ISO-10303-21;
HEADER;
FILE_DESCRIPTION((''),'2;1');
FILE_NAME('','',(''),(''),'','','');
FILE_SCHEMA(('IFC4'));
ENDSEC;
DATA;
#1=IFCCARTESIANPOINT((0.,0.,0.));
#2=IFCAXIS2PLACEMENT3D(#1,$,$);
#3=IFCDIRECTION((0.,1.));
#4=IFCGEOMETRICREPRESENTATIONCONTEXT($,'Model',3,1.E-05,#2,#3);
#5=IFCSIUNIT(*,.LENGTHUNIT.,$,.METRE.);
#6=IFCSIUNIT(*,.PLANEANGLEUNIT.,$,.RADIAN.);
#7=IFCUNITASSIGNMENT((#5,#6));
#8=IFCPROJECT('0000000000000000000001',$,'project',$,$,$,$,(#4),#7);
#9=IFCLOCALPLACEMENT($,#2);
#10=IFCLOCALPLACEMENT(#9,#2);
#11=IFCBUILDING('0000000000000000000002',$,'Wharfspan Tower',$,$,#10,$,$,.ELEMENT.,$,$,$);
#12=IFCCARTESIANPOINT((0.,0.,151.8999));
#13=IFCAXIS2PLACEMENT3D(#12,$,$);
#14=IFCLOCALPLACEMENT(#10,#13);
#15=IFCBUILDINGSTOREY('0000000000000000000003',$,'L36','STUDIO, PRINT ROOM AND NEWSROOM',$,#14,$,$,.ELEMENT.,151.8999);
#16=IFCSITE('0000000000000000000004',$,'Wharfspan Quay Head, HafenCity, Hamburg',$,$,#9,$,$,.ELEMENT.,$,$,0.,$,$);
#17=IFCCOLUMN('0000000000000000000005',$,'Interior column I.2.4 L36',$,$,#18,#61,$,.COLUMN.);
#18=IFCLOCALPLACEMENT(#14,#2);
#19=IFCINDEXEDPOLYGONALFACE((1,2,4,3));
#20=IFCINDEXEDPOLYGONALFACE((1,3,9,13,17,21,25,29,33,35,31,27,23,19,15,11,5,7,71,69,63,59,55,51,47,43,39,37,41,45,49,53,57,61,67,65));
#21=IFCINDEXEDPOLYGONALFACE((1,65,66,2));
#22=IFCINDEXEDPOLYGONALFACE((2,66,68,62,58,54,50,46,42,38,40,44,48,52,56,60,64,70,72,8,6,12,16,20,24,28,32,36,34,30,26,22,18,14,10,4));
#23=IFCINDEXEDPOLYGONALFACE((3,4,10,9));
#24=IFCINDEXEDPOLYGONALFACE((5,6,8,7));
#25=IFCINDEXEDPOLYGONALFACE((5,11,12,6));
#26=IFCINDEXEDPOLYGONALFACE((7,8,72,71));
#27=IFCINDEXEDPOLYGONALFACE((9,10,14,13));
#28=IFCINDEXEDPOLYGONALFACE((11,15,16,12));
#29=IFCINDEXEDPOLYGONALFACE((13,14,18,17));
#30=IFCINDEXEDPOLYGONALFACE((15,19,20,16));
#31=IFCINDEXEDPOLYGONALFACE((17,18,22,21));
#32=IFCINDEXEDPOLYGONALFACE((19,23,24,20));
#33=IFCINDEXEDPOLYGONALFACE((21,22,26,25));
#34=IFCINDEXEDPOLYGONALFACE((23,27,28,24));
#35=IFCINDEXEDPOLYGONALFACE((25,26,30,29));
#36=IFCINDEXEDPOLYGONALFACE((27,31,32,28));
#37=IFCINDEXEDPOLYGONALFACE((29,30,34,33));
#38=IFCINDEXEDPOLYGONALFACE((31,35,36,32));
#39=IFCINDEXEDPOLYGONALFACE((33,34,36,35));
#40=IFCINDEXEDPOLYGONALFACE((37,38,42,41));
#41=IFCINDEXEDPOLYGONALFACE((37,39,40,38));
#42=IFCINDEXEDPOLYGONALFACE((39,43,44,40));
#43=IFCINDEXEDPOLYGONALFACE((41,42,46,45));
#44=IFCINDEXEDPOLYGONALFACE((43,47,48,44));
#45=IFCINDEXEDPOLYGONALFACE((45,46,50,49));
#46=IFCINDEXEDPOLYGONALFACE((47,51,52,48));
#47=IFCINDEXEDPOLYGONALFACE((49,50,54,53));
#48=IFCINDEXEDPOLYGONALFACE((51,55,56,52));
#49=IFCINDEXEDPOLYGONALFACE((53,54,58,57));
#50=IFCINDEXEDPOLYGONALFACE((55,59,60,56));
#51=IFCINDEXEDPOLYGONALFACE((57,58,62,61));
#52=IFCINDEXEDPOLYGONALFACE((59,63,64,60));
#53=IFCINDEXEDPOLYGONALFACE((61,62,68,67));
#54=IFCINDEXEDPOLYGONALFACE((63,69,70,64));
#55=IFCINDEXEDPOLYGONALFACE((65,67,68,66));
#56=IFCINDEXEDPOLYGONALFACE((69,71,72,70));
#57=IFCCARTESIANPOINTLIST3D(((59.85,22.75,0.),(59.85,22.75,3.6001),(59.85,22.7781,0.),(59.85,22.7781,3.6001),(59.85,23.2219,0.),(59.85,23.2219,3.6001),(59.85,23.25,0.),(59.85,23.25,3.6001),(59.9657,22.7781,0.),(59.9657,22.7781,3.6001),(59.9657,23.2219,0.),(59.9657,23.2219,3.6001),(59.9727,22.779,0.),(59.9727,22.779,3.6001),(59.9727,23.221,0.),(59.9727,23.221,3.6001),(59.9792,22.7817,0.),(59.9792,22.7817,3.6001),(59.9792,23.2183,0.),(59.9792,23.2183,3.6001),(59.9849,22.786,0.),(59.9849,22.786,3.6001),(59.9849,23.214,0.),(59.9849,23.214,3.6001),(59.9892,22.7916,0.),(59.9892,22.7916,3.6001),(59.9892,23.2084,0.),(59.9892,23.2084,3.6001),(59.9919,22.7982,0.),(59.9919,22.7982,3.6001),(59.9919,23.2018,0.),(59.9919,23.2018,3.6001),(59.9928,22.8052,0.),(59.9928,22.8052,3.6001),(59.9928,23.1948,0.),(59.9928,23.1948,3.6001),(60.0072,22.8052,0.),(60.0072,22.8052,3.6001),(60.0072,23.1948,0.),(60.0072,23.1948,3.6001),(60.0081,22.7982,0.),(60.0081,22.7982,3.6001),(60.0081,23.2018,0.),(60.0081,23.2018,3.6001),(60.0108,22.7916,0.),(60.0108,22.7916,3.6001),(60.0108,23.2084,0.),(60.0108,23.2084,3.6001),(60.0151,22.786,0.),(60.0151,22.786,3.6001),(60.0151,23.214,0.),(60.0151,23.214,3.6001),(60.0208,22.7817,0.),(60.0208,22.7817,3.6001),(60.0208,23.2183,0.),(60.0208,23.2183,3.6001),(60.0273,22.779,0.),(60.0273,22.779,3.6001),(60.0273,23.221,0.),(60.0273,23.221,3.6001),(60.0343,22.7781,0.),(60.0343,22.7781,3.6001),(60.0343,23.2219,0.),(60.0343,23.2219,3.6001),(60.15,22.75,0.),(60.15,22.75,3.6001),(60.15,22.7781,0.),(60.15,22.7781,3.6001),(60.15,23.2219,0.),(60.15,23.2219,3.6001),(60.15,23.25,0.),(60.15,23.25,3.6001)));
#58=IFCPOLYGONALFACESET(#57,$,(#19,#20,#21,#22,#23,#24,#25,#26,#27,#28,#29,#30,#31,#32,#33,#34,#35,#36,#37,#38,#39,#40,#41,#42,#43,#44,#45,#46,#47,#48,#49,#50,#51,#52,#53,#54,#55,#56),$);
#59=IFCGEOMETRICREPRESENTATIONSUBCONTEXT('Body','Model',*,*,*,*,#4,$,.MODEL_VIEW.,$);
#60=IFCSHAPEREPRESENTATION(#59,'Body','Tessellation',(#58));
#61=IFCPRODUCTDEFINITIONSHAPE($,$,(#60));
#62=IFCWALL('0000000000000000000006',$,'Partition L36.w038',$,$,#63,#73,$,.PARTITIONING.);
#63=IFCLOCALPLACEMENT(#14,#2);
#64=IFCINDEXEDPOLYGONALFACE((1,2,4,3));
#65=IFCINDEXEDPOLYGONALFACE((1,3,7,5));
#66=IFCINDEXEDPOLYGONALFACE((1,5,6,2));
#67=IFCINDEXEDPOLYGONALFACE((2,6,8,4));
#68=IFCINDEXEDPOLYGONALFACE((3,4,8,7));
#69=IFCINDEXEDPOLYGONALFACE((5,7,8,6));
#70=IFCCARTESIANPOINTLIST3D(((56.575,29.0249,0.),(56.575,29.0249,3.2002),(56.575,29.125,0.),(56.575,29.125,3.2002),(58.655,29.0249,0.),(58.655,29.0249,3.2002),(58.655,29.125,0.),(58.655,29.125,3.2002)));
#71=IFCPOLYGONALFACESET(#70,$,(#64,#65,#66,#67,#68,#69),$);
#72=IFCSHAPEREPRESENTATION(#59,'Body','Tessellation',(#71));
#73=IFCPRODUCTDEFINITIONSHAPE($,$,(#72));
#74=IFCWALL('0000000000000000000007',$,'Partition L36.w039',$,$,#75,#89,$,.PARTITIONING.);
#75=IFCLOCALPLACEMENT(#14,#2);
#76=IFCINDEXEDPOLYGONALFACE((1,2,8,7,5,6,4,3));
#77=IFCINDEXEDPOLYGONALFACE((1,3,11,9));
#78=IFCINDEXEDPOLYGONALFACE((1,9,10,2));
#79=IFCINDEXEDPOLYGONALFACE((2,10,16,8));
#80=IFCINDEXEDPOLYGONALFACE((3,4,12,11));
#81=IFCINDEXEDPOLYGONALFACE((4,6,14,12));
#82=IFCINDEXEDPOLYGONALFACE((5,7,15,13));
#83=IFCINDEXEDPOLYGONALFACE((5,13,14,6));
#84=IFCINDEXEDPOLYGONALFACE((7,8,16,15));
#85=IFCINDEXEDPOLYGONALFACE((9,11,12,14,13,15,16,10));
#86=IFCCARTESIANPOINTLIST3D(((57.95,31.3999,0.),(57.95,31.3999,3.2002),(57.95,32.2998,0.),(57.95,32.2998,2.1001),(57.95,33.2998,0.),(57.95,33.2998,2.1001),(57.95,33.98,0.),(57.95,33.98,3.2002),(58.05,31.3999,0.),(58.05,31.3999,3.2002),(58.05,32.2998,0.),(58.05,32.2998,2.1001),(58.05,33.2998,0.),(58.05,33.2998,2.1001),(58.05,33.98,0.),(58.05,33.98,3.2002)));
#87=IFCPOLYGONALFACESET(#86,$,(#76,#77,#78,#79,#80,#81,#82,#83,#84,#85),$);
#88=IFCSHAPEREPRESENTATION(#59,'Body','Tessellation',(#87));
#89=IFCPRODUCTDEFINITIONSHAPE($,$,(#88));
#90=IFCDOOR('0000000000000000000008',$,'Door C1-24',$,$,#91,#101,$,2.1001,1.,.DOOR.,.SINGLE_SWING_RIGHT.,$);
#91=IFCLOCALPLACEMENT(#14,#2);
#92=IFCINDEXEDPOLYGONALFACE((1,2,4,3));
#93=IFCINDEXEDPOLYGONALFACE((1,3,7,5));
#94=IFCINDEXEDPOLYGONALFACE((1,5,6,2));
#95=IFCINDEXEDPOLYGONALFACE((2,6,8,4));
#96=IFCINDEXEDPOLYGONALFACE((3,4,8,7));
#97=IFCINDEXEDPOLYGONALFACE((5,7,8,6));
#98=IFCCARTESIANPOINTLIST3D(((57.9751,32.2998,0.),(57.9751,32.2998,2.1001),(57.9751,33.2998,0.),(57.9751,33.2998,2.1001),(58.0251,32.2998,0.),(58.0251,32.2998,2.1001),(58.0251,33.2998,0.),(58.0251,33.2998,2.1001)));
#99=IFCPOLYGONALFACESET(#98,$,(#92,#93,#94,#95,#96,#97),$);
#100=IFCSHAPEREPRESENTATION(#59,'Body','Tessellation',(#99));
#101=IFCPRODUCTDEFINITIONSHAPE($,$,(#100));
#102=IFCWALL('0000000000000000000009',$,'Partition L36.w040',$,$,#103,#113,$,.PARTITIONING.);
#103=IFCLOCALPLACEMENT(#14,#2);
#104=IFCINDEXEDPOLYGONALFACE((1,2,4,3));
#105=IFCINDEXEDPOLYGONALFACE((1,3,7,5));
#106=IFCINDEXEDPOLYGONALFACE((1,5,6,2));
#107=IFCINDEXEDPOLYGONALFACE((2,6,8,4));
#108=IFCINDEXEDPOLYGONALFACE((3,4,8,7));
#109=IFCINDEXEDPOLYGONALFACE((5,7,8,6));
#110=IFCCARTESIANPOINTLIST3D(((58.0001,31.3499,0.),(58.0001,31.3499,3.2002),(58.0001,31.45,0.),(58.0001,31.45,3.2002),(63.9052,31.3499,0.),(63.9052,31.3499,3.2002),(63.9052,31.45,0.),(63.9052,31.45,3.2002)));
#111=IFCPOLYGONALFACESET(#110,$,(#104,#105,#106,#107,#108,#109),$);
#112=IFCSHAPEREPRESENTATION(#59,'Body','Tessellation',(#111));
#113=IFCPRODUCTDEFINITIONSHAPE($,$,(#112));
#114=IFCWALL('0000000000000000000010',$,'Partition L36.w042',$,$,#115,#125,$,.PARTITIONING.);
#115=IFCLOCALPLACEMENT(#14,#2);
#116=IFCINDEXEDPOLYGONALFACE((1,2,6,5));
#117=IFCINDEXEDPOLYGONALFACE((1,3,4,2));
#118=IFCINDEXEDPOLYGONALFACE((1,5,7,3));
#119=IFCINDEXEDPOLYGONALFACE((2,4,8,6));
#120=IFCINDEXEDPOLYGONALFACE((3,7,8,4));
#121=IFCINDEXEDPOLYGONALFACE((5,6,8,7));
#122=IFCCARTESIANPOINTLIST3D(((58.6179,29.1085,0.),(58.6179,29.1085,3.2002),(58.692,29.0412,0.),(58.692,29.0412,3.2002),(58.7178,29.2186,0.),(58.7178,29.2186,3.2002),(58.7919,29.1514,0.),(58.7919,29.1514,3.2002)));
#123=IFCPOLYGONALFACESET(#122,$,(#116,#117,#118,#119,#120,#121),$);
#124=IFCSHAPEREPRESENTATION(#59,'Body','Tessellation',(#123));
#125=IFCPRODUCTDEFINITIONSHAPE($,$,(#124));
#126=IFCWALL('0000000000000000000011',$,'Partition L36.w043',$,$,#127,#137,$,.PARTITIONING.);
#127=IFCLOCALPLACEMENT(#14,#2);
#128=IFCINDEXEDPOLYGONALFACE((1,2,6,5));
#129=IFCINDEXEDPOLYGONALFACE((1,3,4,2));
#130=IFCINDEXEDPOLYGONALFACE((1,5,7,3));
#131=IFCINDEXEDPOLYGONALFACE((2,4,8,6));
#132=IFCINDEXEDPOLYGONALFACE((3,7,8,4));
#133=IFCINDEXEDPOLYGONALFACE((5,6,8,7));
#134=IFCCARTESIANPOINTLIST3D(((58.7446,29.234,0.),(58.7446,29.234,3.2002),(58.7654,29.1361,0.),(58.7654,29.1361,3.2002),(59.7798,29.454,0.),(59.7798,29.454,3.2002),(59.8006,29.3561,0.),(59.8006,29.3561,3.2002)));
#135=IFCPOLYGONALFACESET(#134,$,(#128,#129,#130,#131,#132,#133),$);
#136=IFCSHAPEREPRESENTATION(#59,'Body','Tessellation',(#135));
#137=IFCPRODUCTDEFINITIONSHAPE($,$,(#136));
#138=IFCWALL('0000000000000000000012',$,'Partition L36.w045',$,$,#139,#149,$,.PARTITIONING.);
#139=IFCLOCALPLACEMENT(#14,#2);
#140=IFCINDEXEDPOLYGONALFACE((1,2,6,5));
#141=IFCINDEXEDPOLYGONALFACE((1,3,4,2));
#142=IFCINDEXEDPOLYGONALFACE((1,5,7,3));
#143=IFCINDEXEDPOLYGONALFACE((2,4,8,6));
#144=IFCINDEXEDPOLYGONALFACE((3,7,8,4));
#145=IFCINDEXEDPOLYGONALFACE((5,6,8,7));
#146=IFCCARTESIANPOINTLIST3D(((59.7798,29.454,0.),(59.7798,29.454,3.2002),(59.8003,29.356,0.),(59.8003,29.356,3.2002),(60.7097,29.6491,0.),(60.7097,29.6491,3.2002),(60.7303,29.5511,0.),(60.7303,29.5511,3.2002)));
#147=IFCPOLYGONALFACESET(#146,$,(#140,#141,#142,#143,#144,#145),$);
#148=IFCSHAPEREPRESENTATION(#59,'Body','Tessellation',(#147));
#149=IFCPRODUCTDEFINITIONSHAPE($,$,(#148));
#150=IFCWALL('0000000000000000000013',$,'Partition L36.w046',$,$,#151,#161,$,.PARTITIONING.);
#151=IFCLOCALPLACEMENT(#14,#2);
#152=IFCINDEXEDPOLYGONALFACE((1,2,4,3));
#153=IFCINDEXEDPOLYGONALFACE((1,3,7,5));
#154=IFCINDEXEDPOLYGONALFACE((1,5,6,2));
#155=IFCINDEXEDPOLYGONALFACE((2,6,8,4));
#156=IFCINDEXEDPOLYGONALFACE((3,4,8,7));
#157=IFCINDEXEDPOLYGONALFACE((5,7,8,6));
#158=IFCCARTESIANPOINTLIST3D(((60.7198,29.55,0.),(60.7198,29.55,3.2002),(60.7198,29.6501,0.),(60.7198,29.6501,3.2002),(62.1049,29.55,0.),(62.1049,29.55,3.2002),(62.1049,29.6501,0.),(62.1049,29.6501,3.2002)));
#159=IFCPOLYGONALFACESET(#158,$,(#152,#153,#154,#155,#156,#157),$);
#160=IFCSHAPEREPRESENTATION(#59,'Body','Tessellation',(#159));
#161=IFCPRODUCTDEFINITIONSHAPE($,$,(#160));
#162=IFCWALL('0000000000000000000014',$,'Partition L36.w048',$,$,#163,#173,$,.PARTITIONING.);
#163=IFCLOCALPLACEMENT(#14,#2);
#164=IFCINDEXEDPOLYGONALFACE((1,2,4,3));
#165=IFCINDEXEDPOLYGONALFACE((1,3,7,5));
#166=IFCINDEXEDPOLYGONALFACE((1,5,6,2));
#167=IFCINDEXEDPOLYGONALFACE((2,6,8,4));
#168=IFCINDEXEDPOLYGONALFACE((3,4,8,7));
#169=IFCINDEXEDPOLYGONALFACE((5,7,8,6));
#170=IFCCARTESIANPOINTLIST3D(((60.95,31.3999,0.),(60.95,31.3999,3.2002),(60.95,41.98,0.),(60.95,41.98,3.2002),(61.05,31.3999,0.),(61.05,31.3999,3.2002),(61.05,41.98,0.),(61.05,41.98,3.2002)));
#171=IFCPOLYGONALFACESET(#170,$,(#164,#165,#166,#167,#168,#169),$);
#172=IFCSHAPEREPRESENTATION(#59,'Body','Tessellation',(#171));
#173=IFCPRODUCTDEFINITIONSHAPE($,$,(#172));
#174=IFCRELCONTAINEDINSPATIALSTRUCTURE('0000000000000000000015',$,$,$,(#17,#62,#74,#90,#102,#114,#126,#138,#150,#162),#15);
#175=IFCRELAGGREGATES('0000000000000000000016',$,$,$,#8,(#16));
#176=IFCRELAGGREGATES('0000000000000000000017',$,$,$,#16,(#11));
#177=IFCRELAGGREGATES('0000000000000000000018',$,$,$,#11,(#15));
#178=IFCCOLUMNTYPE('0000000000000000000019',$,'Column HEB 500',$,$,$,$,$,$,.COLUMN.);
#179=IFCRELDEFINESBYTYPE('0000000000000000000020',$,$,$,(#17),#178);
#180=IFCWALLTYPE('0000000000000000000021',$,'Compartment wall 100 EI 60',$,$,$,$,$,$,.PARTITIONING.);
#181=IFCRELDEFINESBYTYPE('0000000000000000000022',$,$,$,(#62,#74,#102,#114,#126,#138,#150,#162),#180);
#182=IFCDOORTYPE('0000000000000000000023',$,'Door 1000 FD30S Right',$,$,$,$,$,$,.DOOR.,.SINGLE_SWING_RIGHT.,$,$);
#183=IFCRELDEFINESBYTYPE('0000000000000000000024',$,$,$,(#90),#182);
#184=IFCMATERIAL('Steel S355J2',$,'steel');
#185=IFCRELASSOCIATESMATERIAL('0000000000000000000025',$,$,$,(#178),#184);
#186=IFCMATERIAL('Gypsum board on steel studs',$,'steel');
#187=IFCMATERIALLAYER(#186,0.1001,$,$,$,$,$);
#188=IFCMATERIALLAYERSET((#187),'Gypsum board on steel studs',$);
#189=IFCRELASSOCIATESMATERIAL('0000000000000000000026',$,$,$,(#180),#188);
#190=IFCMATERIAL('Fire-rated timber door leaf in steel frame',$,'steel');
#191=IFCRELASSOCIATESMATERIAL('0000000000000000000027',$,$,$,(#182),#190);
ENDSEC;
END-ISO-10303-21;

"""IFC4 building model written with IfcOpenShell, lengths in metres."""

from ifc_helpers import new_model, si_unit, direction, frame, frame_2d, origin, origin_2d, place, context, subcontext, project, spatial, rectangle, i_section, extrude, material, layer, layer_set, material_profile, profile_set, type_object, element, fill, save


model = new_model("IFC4")

# Units and contexts
model_context = context("Model", 3, precision=1e-05, world=origin(), true_north=direction((0.0, 1.0)))
body_context = subcontext(model_context, "Body", "Model", "MODEL_VIEW")
ifc_project = project(units=[si_unit("LENGTHUNIT", "METRE"), si_unit("PLANEANGLEUNIT", "RADIAN")], contexts=[model_context])

# Site, building, storey
site_placement = place(None, origin())
site = spatial("IfcSite", under=ifc_project, at=site_placement, Name="Wharfspan Quay Head, HafenCity, Hamburg", CompositionType="ELEMENT", RefElevation=0.0)
building_placement = place(site_placement, origin())
building = spatial("IfcBuilding", under=site, at=building_placement, Name="Wharfspan Tower", CompositionType="ELEMENT")
storey_placement = place(building_placement, frame((0.0, 0.0, 151.8999)))
storey = spatial("IfcBuildingStorey", under=building, at=storey_placement, Name="L36", Description="STUDIO, PRINT ROOM AND NEWSROOM", CompositionType="ELEMENT", Elevation=151.8999)

# Column
ifc_material_1 = material(Name="Steel S355J2", Category="steel")
ifc_material_profile = material_profile(ifc_material_1, i_section(OverallWidth=0.3, OverallDepth=0.5, WebThickness=0.0144, FlangeThickness=0.0281, FilletRadius=0.0271, at=origin_2d()))
ifc_profile_set = profile_set([ifc_material_profile], Name="Steel S355J2")
column_type = type_object("IfcColumnType", Name="Column HEB 500", PredefinedType="COLUMN", material=ifc_profile_set)
column_placement = place(storey_placement, frame((60.0, 23.0, 0.0), z_axis=(0.0, 0.0, 1.0), x_axis=(1.0, 0.0, 0.0)))
element("IfcColumn", 1, at=column_placement, inside=storey, type_object=column_type, Name="Interior column I.2.4 L36", PredefinedType="COLUMN", context=body_context, shape_type="SweptSolid", body=[
    extrude(i_section(OverallWidth=0.3, OverallDepth=0.5, WebThickness=0.0144, FlangeThickness=0.0281, FilletRadius=0.0271, at=origin_2d()), origin(), (0.0, 0.0, 1.0), 3.6001),
])

# Wall
ifc_material_2 = material(Name="Gypsum board on steel studs", Category="steel")
ifc_layer_1 = layer(ifc_material_2, 0.1001)
ifc_layer_set_1 = layer_set([ifc_layer_1], Name="Gypsum board on steel studs")
wall_type_1 = type_object("IfcWallType", Name="Compartment wall 100 EI 60", PredefinedType="PARTITIONING", material=ifc_layer_set_1)
wall_1_placement = place(storey_placement, frame((56.575, 29.075, 0.0), z_axis=(0.0, 0.0, 1.0), x_axis=(1.0, 0.0, 0.0)))
element("IfcWall", 2, at=wall_1_placement, inside=storey, type_object=wall_type_1, Name="Partition L36.w038", PredefinedType="PARTITIONING", context=body_context, shape_type="SweptSolid", body=[
    extrude(rectangle(XDim=2.0801, YDim=0.1001, at=frame_2d((1.04, 0.0))), origin(), (0.0, 0.0, 1.0), 3.2002),
])

# Wall, opening, door
wall_2_placement = place(storey_placement, frame((58.0, 31.3999, 0.0), z_axis=(0.0, 0.0, 1.0), x_axis=(0.0, 1.0, 0.0)))
wall_2 = element("IfcWall", 3, at=wall_2_placement, inside=storey, type_object=wall_type_1, Name="Partition L36.w039", PredefinedType="PARTITIONING", context=body_context, shape_type="SweptSolid", body=[
    extrude(rectangle(XDim=2.5801, YDim=0.1001, at=frame_2d((1.29, 0.0))), origin(), (0.0, 0.0, 1.0), 3.2002),
])
opening_1_placement = place(wall_2_placement, frame((0.8999, 0.0, 0.0)))
opening_1 = element("IfcOpeningElement", 4, at=opening_1_placement, cuts=wall_2, PredefinedType="OPENING", context=body_context, shape_type="SweptSolid", body=[
    extrude(rectangle(XDim=1.0, YDim=2.1001, at=frame_2d((0.5, 1.05))), frame((0.0, 0.0601, 0.0), z_axis=(0.0, -1.0, 0.0), x_axis=(1.0, 0.0, 0.0)), (0.0, 0.0, 1.0), 0.1201),
])
ifc_material_3 = material(Name="Fire-rated timber door leaf in steel frame", Category="steel")
door_type_1 = type_object("IfcDoorType", Name="Door 1000 FD30S Right", OperationType="SINGLE_SWING_RIGHT", PredefinedType="DOOR", material=ifc_material_3)
door_1_placement = place(opening_1_placement, origin())
door_1 = element("IfcDoor", 5, at=door_1_placement, inside=storey, type_object=door_type_1, Name="Door C1-24", OperationType="SINGLE_SWING_RIGHT", OverallHeight=2.1001, OverallWidth=1.0, PredefinedType="DOOR", context=body_context, shape_type="SweptSolid", body=[
    extrude(rectangle(XDim=1.0, YDim=2.1001, at=frame_2d((0.5, 1.05))), frame((0.0, 0.0249, 0.0), z_axis=(0.0, -1.0, 0.0), x_axis=(1.0, 0.0, 0.0)), (0.0, 0.0, 1.0), 0.05),
])
fill(opening_1, door_1)

# Walls
wall_3_placement = place(storey_placement, frame((58.0, 31.3999, 0.0), z_axis=(0.0, 0.0, 1.0), x_axis=(1.0, 0.0, 0.0)))
element("IfcWall", 6, at=wall_3_placement, inside=storey, type_object=wall_type_1, Name="Partition L36.w040", PredefinedType="PARTITIONING", context=body_context, shape_type="SweptSolid", body=[
    extrude(rectangle(XDim=5.905, YDim=0.1001, at=frame_2d((2.9526, 0.0))), origin(), (0.0, 0.0, 1.0), 3.2002),
])
wall_4_placement = place(storey_placement, frame((58.655, 29.075, 0.0), z_axis=(0.0, 0.0, 1.0), x_axis=(0.671773, 0.740757, 0.0)))
element("IfcWall", 7, at=wall_4_placement, inside=storey, type_object=wall_type_1, Name="Partition L36.w042", PredefinedType="PARTITIONING", context=body_context, shape_type="SweptSolid", body=[
    extrude(rectangle(XDim=0.1487, YDim=0.1001, at=frame_2d((0.0742, 0.0))), origin(), (0.0, 0.0, 1.0), 3.2002),
])
wall_5_placement = place(storey_placement, frame((58.7549, 29.1851, 0.0), z_axis=(0.0, 0.0, 1.0), x_axis=(0.97816, 0.207859, 0.0)))
element("IfcWall", 8, at=wall_5_placement, inside=storey, type_object=wall_type_1, Name="Partition L36.w043", PredefinedType="PARTITIONING", context=body_context, shape_type="SweptSolid", body=[
    extrude(rectangle(XDim=1.0583, YDim=0.1001, at=frame_2d((0.5293, 0.0))), origin(), (0.0, 0.0, 1.0), 3.2002),
])
wall_6_placement = place(storey_placement, frame((59.79, 29.405, 0.0), z_axis=(0.0, 0.0, 1.0), x_axis=(0.978703, 0.205299, 0.0)))
element("IfcWall", 9, at=wall_6_placement, inside=storey, type_object=wall_type_1, Name="Partition L36.w045", PredefinedType="PARTITIONING", context=body_context, shape_type="SweptSolid", body=[
    extrude(rectangle(XDim=0.9502, YDim=0.1001, at=frame_2d((0.4751, 0.0))), origin(), (0.0, 0.0, 1.0), 3.2002),
])
wall_7_placement = place(storey_placement, frame((60.72, 29.6001, 0.0), z_axis=(0.0, 0.0, 1.0), x_axis=(1.0, 0.0, 0.0)))
element("IfcWall", 10, at=wall_7_placement, inside=storey, type_object=wall_type_1, Name="Partition L36.w046", PredefinedType="PARTITIONING", context=body_context, shape_type="SweptSolid", body=[
    extrude(rectangle(XDim=1.385, YDim=0.1001, at=frame_2d((0.6924, 0.0))), origin(), (0.0, 0.0, 1.0), 3.2002),
])
wall_8_placement = place(storey_placement, frame((61.0, 31.3999, 0.0), z_axis=(0.0, 0.0, 1.0), x_axis=(0.0, 1.0, 0.0)))
element("IfcWall", 11, at=wall_8_placement, inside=storey, type_object=wall_type_1, Name="Partition L36.w048", PredefinedType="PARTITIONING", context=body_context, shape_type="SweptSolid", body=[
    extrude(rectangle(XDim=10.5801, YDim=0.1001, at=frame_2d((5.29, 0.0))), origin(), (0.0, 0.0, 1.0), 3.2002),
])

save(model, "model.ifc")
